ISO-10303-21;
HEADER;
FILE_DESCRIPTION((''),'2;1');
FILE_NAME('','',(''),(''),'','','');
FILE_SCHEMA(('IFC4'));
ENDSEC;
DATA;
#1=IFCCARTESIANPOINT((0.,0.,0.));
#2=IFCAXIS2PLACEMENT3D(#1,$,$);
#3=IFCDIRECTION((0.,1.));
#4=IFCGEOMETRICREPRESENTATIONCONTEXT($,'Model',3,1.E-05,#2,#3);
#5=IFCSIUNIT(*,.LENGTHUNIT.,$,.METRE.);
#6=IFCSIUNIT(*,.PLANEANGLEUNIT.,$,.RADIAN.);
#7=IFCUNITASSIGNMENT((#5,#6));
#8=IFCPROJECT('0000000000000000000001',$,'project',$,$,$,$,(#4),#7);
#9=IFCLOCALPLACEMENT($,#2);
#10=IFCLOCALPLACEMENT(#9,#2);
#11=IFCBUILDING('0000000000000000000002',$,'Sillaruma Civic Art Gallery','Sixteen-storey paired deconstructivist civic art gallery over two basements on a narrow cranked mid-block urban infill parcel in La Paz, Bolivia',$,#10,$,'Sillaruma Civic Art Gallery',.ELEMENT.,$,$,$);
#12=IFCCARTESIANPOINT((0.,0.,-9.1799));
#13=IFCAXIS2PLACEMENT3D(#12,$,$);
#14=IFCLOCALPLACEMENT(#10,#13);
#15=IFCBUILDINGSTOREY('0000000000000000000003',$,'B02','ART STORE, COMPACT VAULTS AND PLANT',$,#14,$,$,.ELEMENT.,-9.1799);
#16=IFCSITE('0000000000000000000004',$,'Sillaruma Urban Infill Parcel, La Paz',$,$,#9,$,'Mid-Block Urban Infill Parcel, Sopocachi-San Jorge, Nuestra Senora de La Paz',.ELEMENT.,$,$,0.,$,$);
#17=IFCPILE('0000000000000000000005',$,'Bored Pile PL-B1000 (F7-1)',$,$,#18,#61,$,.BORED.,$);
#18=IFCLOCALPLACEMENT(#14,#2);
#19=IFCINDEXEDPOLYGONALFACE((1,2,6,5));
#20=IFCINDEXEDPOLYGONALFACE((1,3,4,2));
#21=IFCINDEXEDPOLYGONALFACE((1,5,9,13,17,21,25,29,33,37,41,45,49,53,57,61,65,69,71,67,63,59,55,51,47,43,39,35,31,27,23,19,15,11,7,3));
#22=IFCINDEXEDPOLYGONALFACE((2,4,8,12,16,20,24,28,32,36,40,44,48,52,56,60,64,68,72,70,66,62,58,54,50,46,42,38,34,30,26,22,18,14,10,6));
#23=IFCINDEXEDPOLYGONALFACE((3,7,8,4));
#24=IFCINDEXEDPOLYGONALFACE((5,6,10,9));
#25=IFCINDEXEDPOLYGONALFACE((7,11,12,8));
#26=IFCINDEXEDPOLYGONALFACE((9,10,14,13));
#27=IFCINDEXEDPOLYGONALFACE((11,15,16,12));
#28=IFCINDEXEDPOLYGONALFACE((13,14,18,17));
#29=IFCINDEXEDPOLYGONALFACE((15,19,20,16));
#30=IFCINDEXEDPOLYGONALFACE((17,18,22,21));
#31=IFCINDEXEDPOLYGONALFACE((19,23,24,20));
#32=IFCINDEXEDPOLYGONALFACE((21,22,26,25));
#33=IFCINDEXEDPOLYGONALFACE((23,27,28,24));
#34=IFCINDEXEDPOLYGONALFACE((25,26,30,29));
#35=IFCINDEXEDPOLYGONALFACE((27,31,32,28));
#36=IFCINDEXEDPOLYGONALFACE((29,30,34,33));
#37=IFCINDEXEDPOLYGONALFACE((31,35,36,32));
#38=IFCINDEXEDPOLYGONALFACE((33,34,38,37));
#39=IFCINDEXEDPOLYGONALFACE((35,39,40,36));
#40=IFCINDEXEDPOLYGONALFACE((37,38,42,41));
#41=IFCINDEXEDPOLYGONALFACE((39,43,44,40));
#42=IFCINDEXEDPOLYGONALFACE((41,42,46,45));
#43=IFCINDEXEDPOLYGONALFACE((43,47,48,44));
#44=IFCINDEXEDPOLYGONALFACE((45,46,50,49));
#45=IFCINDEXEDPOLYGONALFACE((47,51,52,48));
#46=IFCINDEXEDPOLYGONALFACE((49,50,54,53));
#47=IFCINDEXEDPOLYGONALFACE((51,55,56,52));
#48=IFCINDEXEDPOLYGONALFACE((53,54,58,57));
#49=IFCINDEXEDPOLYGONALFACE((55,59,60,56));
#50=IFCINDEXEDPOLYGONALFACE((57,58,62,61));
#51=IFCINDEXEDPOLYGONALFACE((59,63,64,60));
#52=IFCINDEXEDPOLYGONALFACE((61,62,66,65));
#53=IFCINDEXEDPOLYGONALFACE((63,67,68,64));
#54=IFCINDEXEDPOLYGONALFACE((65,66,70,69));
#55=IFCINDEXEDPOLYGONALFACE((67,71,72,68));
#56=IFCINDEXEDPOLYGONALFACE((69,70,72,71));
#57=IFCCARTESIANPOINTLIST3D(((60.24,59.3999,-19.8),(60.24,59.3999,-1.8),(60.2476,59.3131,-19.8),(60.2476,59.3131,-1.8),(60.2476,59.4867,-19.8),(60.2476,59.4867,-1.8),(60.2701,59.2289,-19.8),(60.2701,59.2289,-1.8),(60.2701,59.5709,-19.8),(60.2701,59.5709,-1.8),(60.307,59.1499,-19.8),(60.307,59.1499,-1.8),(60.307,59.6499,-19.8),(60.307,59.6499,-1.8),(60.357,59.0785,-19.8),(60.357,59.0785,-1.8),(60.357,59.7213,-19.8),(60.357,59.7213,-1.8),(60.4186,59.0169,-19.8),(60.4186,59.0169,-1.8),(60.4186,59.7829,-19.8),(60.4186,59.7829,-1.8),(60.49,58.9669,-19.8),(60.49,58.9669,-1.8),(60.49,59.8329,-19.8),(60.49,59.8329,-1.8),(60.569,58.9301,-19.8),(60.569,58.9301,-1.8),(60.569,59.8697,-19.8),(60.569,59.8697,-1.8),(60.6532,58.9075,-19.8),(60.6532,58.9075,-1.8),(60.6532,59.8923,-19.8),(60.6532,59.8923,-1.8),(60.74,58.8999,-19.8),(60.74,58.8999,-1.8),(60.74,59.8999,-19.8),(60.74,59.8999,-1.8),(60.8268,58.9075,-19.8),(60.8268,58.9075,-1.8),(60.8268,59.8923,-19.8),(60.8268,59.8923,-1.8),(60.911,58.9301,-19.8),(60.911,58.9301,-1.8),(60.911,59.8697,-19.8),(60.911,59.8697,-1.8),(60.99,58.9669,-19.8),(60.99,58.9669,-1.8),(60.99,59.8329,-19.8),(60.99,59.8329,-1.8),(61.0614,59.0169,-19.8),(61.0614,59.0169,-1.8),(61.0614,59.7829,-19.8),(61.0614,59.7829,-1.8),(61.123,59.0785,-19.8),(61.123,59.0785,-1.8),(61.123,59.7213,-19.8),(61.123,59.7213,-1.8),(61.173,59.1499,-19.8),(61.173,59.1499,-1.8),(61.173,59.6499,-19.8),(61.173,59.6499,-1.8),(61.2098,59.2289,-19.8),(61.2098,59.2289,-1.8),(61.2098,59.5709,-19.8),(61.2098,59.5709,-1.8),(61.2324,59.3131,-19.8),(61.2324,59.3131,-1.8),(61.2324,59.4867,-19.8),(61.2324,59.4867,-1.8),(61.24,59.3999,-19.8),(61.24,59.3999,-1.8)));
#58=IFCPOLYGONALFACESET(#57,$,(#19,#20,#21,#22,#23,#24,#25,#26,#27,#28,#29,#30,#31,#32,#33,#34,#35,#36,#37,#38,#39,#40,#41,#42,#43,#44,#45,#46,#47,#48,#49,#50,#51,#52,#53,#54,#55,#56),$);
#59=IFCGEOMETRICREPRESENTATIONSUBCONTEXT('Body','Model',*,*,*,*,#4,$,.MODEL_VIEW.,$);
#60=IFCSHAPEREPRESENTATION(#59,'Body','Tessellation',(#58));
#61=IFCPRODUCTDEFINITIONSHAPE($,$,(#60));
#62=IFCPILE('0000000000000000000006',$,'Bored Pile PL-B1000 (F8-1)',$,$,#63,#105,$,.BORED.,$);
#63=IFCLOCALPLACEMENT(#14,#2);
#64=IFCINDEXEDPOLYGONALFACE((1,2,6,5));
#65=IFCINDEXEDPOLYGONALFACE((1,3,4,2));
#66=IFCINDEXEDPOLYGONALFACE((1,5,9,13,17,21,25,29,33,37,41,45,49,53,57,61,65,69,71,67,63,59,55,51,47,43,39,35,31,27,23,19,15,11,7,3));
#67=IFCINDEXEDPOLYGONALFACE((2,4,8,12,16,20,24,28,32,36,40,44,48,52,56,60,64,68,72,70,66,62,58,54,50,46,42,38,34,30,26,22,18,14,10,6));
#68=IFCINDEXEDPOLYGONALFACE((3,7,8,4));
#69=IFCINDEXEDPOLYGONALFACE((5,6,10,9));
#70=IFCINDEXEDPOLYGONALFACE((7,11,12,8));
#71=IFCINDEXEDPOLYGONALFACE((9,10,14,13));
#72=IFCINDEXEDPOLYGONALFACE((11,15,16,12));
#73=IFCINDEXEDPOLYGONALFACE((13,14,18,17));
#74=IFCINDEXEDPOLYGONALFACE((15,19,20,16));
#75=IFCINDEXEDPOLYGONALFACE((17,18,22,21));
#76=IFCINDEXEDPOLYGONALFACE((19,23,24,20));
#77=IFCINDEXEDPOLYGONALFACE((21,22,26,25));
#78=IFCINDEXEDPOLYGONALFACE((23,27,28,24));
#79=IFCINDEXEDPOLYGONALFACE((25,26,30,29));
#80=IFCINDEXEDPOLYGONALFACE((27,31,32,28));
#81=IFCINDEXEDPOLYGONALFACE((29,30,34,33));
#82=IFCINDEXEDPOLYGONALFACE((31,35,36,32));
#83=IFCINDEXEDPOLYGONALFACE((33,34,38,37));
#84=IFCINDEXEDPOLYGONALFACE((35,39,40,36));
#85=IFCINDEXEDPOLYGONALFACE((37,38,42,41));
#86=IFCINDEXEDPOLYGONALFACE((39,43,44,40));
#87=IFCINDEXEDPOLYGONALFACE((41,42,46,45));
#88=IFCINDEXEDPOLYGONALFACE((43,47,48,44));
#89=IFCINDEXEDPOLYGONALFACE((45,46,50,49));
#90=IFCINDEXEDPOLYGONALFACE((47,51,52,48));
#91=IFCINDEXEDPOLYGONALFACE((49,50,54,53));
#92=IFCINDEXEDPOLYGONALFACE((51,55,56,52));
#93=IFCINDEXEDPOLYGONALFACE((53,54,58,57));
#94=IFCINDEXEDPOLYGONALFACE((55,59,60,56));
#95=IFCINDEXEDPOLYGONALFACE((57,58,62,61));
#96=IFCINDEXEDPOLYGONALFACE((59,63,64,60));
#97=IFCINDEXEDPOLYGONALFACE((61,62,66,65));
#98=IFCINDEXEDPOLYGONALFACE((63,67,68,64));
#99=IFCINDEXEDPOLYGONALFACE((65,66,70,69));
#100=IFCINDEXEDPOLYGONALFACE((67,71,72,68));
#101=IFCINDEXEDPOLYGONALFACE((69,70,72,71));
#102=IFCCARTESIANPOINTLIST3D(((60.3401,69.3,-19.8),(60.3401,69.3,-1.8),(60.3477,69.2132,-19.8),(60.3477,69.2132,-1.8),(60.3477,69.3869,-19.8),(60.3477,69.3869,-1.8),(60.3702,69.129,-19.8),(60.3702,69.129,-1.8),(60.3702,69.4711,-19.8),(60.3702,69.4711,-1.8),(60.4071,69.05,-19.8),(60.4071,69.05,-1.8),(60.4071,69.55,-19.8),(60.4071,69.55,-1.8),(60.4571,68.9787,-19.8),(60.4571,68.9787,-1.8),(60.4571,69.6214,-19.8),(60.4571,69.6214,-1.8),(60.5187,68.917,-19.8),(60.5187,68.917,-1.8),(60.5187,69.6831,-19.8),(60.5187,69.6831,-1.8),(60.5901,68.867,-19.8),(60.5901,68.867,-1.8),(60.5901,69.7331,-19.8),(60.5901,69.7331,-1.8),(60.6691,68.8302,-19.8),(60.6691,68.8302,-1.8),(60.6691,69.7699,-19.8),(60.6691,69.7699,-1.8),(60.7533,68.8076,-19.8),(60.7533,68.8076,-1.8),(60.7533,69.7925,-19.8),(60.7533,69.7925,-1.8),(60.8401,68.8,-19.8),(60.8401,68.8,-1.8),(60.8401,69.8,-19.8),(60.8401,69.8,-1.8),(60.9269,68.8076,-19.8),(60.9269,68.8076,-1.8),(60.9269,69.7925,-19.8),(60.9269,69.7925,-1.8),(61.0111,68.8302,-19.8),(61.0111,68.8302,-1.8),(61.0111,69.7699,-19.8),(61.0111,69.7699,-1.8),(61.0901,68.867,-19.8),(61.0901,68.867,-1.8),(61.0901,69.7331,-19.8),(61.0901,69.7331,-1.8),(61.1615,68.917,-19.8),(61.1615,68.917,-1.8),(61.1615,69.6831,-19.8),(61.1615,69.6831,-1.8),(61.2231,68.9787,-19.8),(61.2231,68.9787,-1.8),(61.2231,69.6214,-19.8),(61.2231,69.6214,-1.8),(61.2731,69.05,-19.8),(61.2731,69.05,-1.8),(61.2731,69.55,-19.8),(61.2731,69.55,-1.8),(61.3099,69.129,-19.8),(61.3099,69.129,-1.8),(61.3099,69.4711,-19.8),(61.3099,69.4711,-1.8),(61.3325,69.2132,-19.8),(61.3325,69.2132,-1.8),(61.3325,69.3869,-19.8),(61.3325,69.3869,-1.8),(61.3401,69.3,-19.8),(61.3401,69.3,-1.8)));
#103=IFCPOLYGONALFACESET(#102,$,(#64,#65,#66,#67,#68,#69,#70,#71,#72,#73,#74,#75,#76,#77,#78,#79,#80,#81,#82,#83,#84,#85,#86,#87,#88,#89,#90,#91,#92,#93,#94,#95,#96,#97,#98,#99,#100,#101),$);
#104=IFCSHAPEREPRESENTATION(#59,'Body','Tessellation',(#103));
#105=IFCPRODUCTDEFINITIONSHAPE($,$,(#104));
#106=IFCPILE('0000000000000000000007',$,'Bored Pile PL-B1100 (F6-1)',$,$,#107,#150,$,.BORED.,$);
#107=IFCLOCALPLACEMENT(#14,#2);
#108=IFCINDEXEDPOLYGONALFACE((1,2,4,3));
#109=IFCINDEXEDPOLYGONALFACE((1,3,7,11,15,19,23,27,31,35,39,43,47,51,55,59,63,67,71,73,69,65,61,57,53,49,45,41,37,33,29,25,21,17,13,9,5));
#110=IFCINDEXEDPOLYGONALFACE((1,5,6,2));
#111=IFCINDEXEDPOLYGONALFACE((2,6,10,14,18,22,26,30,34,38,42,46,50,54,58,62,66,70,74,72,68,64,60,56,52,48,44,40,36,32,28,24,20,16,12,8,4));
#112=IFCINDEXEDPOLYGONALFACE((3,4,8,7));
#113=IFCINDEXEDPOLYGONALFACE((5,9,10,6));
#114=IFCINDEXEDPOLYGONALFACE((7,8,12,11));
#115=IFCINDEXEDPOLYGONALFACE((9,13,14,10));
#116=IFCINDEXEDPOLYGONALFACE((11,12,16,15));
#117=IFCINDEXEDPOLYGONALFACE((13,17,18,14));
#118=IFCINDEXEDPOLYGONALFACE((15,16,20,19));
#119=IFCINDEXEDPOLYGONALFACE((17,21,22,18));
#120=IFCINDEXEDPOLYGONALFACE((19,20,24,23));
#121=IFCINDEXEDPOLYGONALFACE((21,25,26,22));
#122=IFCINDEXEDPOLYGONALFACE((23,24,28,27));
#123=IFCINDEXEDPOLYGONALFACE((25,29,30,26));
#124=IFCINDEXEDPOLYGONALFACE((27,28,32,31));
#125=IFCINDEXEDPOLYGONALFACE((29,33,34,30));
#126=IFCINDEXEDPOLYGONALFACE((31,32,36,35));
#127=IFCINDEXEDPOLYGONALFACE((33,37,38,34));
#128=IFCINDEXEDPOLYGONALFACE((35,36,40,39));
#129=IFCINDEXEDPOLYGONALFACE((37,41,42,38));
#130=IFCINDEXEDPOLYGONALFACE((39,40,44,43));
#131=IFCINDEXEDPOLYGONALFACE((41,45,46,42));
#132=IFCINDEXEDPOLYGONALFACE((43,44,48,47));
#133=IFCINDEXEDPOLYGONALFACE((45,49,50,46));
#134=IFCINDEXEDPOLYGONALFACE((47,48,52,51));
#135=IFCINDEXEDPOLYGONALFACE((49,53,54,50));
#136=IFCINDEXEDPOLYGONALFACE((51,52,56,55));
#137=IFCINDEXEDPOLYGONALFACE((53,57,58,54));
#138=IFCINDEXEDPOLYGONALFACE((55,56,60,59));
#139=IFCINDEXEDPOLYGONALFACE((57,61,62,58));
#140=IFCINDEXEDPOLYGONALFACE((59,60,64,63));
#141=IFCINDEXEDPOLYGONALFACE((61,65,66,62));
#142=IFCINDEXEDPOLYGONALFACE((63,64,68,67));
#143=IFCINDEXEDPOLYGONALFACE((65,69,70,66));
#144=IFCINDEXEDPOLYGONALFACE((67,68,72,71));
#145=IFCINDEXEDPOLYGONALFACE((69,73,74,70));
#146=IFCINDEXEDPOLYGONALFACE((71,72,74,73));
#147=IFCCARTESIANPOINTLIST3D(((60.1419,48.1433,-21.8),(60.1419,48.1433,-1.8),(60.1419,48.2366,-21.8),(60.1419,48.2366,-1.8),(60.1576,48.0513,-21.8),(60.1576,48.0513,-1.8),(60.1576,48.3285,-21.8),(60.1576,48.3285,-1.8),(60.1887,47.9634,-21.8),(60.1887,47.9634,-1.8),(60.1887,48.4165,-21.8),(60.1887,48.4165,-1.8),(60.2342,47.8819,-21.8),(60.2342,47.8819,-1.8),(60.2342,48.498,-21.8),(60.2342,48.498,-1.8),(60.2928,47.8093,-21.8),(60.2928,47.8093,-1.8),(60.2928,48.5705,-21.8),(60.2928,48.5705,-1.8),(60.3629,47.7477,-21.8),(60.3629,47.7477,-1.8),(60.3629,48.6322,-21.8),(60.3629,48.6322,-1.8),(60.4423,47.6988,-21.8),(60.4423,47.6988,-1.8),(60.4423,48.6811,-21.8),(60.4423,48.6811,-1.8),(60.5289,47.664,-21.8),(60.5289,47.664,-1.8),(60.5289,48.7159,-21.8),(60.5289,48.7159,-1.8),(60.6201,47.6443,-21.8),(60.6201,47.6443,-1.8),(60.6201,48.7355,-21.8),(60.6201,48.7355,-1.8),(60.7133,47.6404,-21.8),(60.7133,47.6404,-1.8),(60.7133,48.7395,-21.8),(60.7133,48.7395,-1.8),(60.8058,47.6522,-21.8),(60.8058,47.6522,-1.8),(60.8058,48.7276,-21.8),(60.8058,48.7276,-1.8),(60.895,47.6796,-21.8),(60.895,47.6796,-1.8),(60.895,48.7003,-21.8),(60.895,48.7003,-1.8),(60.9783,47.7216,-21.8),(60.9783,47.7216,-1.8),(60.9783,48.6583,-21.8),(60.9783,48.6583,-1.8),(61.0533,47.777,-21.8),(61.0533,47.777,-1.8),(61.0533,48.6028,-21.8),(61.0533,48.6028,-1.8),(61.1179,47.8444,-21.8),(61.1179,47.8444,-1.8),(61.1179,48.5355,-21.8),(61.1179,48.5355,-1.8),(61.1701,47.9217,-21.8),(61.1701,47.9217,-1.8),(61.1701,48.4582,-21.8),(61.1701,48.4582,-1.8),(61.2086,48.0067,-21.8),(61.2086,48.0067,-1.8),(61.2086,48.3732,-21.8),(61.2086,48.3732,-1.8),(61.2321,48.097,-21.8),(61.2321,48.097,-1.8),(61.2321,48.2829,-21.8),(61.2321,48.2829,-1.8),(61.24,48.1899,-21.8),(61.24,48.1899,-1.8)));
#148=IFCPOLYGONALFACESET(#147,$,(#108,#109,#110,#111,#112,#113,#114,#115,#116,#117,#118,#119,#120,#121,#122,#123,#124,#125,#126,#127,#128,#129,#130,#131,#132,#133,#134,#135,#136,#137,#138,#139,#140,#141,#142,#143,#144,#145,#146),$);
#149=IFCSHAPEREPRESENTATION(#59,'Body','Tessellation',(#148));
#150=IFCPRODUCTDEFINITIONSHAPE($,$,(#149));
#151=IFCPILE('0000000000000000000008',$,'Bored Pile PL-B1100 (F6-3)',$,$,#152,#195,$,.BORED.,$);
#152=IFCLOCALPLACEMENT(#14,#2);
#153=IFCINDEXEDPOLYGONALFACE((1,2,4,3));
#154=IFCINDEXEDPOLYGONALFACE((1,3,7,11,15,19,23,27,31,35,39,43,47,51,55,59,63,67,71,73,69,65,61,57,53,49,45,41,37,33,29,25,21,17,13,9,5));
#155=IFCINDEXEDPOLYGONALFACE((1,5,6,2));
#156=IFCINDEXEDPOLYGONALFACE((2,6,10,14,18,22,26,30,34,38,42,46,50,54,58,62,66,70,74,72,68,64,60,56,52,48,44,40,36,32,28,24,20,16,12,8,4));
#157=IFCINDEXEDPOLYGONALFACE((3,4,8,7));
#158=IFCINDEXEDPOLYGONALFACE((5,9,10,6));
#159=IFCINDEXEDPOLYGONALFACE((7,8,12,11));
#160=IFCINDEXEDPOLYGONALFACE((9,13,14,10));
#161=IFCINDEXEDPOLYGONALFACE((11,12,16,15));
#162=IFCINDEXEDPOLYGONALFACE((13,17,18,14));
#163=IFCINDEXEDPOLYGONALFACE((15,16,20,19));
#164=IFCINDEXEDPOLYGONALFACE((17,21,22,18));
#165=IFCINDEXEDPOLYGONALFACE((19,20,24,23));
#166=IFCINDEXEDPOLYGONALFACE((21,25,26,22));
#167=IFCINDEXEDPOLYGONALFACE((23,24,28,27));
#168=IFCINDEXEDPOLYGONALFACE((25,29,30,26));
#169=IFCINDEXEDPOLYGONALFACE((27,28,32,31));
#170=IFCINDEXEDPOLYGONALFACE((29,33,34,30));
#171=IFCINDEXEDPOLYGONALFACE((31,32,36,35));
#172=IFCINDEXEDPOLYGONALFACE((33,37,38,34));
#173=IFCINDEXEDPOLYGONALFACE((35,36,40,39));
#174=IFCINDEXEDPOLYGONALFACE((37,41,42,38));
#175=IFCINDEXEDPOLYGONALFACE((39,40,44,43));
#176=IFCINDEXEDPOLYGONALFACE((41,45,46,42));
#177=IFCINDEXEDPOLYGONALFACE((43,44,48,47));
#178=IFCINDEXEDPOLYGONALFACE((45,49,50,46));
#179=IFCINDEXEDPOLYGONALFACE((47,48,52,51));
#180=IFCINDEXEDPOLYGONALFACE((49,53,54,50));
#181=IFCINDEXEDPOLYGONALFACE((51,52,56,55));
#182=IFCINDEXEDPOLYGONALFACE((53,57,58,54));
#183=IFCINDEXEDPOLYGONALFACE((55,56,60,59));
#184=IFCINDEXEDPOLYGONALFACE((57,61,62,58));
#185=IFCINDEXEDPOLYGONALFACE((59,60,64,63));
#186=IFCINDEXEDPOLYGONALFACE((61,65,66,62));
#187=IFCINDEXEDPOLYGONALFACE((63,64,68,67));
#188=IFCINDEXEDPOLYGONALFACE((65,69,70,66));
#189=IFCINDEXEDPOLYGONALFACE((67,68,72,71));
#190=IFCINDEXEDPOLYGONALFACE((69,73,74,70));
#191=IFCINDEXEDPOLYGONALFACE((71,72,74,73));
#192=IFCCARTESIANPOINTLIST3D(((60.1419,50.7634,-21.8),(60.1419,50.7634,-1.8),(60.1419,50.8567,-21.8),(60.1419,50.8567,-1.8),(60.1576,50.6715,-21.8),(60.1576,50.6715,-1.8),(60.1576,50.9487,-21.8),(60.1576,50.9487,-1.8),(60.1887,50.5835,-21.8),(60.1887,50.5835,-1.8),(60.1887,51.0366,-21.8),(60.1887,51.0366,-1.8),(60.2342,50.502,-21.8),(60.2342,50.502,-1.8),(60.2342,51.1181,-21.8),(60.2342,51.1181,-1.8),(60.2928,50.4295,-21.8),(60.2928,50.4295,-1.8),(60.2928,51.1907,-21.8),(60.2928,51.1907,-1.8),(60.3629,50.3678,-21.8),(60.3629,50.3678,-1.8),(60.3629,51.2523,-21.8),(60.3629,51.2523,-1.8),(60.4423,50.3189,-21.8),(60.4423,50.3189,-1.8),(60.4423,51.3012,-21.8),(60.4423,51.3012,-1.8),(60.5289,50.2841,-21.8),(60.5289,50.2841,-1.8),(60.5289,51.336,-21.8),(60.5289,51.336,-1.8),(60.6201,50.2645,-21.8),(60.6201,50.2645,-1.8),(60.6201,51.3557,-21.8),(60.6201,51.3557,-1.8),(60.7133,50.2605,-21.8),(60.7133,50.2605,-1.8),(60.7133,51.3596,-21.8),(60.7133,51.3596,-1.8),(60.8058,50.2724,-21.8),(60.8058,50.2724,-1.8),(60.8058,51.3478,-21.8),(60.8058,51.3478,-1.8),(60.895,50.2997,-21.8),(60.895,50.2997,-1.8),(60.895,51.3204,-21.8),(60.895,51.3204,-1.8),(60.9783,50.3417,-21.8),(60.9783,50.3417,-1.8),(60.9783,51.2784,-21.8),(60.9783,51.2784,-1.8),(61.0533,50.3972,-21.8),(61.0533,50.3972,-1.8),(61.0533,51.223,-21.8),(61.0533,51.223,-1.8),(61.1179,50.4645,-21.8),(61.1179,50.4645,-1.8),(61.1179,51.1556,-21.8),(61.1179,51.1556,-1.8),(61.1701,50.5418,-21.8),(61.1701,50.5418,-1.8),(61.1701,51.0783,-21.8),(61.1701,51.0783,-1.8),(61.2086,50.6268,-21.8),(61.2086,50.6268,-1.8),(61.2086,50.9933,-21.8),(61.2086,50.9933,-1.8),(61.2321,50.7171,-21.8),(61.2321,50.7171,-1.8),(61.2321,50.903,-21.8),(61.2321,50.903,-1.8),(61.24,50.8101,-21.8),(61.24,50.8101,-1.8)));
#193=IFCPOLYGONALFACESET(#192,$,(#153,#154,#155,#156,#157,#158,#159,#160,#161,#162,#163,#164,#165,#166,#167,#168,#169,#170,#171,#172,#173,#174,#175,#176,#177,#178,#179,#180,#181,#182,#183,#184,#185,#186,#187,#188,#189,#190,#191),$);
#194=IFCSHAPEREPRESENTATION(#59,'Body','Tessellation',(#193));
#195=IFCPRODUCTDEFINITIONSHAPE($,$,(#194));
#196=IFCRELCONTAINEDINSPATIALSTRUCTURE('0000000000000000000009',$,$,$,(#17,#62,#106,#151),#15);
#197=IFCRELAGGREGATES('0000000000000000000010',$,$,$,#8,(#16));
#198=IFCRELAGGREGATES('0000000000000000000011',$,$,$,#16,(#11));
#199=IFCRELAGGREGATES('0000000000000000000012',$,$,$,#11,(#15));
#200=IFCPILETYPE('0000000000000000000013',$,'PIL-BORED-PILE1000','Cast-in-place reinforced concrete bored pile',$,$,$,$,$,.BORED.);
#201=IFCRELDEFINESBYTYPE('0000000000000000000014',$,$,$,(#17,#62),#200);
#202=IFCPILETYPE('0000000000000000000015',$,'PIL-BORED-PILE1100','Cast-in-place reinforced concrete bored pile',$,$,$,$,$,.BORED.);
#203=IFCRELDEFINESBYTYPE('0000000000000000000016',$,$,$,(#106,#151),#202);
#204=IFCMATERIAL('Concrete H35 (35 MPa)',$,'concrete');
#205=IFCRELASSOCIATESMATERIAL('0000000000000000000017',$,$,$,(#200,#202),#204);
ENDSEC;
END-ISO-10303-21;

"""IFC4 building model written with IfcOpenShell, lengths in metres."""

from ifc_helpers import new_model, si_unit, direction, frame, origin, origin_2d, place, context, subcontext, project, spatial, circle, extrude, material, material_profile, profile_set, type_object, element, save


model = new_model("IFC4")

# Units and contexts
model_context = context("Model", 3, precision=1e-05, world=origin(), true_north=direction((0.0, 1.0)))
body_context = subcontext(model_context, "Body", "Model", "MODEL_VIEW")
ifc_project = project(units=[si_unit("LENGTHUNIT", "METRE"), si_unit("PLANEANGLEUNIT", "RADIAN")], contexts=[model_context])

# Site, building, storey
site_placement = place(None, origin())
site = spatial("IfcSite", under=ifc_project, at=site_placement, Name="Sillaruma Urban Infill Parcel, La Paz", LongName="Mid-Block Urban Infill Parcel, Sopocachi-San Jorge, Nuestra Senora de La Paz", CompositionType="ELEMENT", RefElevation=0.0)
building_placement = place(site_placement, origin())
building = spatial("IfcBuilding", under=site, at=building_placement, Name="Sillaruma Civic Art Gallery", Description="Sixteen-storey paired deconstructivist civic art gallery over two basements on a narrow cranked mid-block urban infill parcel in La Paz, Bolivia", LongName="Sillaruma Civic Art Gallery", CompositionType="ELEMENT")
storey_placement = place(building_placement, frame((0.0, 0.0, -9.1799)))
storey = spatial("IfcBuildingStorey", under=building, at=storey_placement, Name="B02", Description="ART STORE, COMPACT VAULTS AND PLANT", CompositionType="ELEMENT", Elevation=-9.1799)

# Shared definitions
ifc_material_1 = material(Name="Concrete H35 (35 MPa)", Category="concrete")

# Piles
ifc_material_profile_1 = material_profile(ifc_material_1, circle(Radius=0.5, at=origin_2d()), Name="PILE1000")
ifc_profile_set_1 = profile_set([ifc_material_profile_1], Name="Concrete H35 (35 MPa)")
pile_type_1 = type_object("IfcPileType", Name="PIL-BORED-PILE1000", Description="Cast-in-place reinforced concrete bored pile", PredefinedType="BORED", material=ifc_profile_set_1)
for number, where, z_axis, x_axis, name in (
    (1, (60.74, 59.3999, -1.8), (0.0, 0.0, -1.0), (1.0, 0.0, 0.0), "Bored Pile PL-B1000 (F7-1)"),
    (2, (60.8401, 69.3, -1.8), (0.0, 0.0, -1.0), (1.0, 0.0, 0.0), "Bored Pile PL-B1000 (F8-1)"),
):
    element("IfcPile", number, at=place(storey_placement, frame(where, z_axis=z_axis, x_axis=x_axis)), inside=storey, type_object=pile_type_1, Name=name, PredefinedType="BORED", context=body_context, shape_type="SweptSolid", body=[
        extrude(circle(Radius=0.5, at=origin_2d()), origin(), (0.0, 0.0, 1.0), 18.0),
    ])
ifc_material_profile_2 = material_profile(ifc_material_1, circle(Radius=0.55, at=origin_2d()), Name="PILE1100")
ifc_profile_set_2 = profile_set([ifc_material_profile_2], Name="Concrete H35 (35 MPa)")
pile_type_2 = type_object("IfcPileType", Name="PIL-BORED-PILE1100", Description="Cast-in-place reinforced concrete bored pile", PredefinedType="BORED", material=ifc_profile_set_2)
for number, where, z_axis, x_axis, name in (
    (3, (60.6899, 48.1899, -1.8), (0.0, 0.0, -1.0), (1.0, 0.0, 0.0), "Bored Pile PL-B1100 (F6-1)"),
    (4, (60.6899, 50.8101, -1.8), (0.0, 0.0, -1.0), (1.0, 0.0, 0.0), "Bored Pile PL-B1100 (F6-3)"),
):
    element("IfcPile", number, at=place(storey_placement, frame(where, z_axis=z_axis, x_axis=x_axis)), inside=storey, type_object=pile_type_2, Name=name, PredefinedType="BORED", context=body_context, shape_type="SweptSolid", body=[
        extrude(circle(Radius=0.55, at=origin_2d()), origin(), (0.0, 0.0, 1.0), 20.0),
    ])

save(model, "model.ifc")
